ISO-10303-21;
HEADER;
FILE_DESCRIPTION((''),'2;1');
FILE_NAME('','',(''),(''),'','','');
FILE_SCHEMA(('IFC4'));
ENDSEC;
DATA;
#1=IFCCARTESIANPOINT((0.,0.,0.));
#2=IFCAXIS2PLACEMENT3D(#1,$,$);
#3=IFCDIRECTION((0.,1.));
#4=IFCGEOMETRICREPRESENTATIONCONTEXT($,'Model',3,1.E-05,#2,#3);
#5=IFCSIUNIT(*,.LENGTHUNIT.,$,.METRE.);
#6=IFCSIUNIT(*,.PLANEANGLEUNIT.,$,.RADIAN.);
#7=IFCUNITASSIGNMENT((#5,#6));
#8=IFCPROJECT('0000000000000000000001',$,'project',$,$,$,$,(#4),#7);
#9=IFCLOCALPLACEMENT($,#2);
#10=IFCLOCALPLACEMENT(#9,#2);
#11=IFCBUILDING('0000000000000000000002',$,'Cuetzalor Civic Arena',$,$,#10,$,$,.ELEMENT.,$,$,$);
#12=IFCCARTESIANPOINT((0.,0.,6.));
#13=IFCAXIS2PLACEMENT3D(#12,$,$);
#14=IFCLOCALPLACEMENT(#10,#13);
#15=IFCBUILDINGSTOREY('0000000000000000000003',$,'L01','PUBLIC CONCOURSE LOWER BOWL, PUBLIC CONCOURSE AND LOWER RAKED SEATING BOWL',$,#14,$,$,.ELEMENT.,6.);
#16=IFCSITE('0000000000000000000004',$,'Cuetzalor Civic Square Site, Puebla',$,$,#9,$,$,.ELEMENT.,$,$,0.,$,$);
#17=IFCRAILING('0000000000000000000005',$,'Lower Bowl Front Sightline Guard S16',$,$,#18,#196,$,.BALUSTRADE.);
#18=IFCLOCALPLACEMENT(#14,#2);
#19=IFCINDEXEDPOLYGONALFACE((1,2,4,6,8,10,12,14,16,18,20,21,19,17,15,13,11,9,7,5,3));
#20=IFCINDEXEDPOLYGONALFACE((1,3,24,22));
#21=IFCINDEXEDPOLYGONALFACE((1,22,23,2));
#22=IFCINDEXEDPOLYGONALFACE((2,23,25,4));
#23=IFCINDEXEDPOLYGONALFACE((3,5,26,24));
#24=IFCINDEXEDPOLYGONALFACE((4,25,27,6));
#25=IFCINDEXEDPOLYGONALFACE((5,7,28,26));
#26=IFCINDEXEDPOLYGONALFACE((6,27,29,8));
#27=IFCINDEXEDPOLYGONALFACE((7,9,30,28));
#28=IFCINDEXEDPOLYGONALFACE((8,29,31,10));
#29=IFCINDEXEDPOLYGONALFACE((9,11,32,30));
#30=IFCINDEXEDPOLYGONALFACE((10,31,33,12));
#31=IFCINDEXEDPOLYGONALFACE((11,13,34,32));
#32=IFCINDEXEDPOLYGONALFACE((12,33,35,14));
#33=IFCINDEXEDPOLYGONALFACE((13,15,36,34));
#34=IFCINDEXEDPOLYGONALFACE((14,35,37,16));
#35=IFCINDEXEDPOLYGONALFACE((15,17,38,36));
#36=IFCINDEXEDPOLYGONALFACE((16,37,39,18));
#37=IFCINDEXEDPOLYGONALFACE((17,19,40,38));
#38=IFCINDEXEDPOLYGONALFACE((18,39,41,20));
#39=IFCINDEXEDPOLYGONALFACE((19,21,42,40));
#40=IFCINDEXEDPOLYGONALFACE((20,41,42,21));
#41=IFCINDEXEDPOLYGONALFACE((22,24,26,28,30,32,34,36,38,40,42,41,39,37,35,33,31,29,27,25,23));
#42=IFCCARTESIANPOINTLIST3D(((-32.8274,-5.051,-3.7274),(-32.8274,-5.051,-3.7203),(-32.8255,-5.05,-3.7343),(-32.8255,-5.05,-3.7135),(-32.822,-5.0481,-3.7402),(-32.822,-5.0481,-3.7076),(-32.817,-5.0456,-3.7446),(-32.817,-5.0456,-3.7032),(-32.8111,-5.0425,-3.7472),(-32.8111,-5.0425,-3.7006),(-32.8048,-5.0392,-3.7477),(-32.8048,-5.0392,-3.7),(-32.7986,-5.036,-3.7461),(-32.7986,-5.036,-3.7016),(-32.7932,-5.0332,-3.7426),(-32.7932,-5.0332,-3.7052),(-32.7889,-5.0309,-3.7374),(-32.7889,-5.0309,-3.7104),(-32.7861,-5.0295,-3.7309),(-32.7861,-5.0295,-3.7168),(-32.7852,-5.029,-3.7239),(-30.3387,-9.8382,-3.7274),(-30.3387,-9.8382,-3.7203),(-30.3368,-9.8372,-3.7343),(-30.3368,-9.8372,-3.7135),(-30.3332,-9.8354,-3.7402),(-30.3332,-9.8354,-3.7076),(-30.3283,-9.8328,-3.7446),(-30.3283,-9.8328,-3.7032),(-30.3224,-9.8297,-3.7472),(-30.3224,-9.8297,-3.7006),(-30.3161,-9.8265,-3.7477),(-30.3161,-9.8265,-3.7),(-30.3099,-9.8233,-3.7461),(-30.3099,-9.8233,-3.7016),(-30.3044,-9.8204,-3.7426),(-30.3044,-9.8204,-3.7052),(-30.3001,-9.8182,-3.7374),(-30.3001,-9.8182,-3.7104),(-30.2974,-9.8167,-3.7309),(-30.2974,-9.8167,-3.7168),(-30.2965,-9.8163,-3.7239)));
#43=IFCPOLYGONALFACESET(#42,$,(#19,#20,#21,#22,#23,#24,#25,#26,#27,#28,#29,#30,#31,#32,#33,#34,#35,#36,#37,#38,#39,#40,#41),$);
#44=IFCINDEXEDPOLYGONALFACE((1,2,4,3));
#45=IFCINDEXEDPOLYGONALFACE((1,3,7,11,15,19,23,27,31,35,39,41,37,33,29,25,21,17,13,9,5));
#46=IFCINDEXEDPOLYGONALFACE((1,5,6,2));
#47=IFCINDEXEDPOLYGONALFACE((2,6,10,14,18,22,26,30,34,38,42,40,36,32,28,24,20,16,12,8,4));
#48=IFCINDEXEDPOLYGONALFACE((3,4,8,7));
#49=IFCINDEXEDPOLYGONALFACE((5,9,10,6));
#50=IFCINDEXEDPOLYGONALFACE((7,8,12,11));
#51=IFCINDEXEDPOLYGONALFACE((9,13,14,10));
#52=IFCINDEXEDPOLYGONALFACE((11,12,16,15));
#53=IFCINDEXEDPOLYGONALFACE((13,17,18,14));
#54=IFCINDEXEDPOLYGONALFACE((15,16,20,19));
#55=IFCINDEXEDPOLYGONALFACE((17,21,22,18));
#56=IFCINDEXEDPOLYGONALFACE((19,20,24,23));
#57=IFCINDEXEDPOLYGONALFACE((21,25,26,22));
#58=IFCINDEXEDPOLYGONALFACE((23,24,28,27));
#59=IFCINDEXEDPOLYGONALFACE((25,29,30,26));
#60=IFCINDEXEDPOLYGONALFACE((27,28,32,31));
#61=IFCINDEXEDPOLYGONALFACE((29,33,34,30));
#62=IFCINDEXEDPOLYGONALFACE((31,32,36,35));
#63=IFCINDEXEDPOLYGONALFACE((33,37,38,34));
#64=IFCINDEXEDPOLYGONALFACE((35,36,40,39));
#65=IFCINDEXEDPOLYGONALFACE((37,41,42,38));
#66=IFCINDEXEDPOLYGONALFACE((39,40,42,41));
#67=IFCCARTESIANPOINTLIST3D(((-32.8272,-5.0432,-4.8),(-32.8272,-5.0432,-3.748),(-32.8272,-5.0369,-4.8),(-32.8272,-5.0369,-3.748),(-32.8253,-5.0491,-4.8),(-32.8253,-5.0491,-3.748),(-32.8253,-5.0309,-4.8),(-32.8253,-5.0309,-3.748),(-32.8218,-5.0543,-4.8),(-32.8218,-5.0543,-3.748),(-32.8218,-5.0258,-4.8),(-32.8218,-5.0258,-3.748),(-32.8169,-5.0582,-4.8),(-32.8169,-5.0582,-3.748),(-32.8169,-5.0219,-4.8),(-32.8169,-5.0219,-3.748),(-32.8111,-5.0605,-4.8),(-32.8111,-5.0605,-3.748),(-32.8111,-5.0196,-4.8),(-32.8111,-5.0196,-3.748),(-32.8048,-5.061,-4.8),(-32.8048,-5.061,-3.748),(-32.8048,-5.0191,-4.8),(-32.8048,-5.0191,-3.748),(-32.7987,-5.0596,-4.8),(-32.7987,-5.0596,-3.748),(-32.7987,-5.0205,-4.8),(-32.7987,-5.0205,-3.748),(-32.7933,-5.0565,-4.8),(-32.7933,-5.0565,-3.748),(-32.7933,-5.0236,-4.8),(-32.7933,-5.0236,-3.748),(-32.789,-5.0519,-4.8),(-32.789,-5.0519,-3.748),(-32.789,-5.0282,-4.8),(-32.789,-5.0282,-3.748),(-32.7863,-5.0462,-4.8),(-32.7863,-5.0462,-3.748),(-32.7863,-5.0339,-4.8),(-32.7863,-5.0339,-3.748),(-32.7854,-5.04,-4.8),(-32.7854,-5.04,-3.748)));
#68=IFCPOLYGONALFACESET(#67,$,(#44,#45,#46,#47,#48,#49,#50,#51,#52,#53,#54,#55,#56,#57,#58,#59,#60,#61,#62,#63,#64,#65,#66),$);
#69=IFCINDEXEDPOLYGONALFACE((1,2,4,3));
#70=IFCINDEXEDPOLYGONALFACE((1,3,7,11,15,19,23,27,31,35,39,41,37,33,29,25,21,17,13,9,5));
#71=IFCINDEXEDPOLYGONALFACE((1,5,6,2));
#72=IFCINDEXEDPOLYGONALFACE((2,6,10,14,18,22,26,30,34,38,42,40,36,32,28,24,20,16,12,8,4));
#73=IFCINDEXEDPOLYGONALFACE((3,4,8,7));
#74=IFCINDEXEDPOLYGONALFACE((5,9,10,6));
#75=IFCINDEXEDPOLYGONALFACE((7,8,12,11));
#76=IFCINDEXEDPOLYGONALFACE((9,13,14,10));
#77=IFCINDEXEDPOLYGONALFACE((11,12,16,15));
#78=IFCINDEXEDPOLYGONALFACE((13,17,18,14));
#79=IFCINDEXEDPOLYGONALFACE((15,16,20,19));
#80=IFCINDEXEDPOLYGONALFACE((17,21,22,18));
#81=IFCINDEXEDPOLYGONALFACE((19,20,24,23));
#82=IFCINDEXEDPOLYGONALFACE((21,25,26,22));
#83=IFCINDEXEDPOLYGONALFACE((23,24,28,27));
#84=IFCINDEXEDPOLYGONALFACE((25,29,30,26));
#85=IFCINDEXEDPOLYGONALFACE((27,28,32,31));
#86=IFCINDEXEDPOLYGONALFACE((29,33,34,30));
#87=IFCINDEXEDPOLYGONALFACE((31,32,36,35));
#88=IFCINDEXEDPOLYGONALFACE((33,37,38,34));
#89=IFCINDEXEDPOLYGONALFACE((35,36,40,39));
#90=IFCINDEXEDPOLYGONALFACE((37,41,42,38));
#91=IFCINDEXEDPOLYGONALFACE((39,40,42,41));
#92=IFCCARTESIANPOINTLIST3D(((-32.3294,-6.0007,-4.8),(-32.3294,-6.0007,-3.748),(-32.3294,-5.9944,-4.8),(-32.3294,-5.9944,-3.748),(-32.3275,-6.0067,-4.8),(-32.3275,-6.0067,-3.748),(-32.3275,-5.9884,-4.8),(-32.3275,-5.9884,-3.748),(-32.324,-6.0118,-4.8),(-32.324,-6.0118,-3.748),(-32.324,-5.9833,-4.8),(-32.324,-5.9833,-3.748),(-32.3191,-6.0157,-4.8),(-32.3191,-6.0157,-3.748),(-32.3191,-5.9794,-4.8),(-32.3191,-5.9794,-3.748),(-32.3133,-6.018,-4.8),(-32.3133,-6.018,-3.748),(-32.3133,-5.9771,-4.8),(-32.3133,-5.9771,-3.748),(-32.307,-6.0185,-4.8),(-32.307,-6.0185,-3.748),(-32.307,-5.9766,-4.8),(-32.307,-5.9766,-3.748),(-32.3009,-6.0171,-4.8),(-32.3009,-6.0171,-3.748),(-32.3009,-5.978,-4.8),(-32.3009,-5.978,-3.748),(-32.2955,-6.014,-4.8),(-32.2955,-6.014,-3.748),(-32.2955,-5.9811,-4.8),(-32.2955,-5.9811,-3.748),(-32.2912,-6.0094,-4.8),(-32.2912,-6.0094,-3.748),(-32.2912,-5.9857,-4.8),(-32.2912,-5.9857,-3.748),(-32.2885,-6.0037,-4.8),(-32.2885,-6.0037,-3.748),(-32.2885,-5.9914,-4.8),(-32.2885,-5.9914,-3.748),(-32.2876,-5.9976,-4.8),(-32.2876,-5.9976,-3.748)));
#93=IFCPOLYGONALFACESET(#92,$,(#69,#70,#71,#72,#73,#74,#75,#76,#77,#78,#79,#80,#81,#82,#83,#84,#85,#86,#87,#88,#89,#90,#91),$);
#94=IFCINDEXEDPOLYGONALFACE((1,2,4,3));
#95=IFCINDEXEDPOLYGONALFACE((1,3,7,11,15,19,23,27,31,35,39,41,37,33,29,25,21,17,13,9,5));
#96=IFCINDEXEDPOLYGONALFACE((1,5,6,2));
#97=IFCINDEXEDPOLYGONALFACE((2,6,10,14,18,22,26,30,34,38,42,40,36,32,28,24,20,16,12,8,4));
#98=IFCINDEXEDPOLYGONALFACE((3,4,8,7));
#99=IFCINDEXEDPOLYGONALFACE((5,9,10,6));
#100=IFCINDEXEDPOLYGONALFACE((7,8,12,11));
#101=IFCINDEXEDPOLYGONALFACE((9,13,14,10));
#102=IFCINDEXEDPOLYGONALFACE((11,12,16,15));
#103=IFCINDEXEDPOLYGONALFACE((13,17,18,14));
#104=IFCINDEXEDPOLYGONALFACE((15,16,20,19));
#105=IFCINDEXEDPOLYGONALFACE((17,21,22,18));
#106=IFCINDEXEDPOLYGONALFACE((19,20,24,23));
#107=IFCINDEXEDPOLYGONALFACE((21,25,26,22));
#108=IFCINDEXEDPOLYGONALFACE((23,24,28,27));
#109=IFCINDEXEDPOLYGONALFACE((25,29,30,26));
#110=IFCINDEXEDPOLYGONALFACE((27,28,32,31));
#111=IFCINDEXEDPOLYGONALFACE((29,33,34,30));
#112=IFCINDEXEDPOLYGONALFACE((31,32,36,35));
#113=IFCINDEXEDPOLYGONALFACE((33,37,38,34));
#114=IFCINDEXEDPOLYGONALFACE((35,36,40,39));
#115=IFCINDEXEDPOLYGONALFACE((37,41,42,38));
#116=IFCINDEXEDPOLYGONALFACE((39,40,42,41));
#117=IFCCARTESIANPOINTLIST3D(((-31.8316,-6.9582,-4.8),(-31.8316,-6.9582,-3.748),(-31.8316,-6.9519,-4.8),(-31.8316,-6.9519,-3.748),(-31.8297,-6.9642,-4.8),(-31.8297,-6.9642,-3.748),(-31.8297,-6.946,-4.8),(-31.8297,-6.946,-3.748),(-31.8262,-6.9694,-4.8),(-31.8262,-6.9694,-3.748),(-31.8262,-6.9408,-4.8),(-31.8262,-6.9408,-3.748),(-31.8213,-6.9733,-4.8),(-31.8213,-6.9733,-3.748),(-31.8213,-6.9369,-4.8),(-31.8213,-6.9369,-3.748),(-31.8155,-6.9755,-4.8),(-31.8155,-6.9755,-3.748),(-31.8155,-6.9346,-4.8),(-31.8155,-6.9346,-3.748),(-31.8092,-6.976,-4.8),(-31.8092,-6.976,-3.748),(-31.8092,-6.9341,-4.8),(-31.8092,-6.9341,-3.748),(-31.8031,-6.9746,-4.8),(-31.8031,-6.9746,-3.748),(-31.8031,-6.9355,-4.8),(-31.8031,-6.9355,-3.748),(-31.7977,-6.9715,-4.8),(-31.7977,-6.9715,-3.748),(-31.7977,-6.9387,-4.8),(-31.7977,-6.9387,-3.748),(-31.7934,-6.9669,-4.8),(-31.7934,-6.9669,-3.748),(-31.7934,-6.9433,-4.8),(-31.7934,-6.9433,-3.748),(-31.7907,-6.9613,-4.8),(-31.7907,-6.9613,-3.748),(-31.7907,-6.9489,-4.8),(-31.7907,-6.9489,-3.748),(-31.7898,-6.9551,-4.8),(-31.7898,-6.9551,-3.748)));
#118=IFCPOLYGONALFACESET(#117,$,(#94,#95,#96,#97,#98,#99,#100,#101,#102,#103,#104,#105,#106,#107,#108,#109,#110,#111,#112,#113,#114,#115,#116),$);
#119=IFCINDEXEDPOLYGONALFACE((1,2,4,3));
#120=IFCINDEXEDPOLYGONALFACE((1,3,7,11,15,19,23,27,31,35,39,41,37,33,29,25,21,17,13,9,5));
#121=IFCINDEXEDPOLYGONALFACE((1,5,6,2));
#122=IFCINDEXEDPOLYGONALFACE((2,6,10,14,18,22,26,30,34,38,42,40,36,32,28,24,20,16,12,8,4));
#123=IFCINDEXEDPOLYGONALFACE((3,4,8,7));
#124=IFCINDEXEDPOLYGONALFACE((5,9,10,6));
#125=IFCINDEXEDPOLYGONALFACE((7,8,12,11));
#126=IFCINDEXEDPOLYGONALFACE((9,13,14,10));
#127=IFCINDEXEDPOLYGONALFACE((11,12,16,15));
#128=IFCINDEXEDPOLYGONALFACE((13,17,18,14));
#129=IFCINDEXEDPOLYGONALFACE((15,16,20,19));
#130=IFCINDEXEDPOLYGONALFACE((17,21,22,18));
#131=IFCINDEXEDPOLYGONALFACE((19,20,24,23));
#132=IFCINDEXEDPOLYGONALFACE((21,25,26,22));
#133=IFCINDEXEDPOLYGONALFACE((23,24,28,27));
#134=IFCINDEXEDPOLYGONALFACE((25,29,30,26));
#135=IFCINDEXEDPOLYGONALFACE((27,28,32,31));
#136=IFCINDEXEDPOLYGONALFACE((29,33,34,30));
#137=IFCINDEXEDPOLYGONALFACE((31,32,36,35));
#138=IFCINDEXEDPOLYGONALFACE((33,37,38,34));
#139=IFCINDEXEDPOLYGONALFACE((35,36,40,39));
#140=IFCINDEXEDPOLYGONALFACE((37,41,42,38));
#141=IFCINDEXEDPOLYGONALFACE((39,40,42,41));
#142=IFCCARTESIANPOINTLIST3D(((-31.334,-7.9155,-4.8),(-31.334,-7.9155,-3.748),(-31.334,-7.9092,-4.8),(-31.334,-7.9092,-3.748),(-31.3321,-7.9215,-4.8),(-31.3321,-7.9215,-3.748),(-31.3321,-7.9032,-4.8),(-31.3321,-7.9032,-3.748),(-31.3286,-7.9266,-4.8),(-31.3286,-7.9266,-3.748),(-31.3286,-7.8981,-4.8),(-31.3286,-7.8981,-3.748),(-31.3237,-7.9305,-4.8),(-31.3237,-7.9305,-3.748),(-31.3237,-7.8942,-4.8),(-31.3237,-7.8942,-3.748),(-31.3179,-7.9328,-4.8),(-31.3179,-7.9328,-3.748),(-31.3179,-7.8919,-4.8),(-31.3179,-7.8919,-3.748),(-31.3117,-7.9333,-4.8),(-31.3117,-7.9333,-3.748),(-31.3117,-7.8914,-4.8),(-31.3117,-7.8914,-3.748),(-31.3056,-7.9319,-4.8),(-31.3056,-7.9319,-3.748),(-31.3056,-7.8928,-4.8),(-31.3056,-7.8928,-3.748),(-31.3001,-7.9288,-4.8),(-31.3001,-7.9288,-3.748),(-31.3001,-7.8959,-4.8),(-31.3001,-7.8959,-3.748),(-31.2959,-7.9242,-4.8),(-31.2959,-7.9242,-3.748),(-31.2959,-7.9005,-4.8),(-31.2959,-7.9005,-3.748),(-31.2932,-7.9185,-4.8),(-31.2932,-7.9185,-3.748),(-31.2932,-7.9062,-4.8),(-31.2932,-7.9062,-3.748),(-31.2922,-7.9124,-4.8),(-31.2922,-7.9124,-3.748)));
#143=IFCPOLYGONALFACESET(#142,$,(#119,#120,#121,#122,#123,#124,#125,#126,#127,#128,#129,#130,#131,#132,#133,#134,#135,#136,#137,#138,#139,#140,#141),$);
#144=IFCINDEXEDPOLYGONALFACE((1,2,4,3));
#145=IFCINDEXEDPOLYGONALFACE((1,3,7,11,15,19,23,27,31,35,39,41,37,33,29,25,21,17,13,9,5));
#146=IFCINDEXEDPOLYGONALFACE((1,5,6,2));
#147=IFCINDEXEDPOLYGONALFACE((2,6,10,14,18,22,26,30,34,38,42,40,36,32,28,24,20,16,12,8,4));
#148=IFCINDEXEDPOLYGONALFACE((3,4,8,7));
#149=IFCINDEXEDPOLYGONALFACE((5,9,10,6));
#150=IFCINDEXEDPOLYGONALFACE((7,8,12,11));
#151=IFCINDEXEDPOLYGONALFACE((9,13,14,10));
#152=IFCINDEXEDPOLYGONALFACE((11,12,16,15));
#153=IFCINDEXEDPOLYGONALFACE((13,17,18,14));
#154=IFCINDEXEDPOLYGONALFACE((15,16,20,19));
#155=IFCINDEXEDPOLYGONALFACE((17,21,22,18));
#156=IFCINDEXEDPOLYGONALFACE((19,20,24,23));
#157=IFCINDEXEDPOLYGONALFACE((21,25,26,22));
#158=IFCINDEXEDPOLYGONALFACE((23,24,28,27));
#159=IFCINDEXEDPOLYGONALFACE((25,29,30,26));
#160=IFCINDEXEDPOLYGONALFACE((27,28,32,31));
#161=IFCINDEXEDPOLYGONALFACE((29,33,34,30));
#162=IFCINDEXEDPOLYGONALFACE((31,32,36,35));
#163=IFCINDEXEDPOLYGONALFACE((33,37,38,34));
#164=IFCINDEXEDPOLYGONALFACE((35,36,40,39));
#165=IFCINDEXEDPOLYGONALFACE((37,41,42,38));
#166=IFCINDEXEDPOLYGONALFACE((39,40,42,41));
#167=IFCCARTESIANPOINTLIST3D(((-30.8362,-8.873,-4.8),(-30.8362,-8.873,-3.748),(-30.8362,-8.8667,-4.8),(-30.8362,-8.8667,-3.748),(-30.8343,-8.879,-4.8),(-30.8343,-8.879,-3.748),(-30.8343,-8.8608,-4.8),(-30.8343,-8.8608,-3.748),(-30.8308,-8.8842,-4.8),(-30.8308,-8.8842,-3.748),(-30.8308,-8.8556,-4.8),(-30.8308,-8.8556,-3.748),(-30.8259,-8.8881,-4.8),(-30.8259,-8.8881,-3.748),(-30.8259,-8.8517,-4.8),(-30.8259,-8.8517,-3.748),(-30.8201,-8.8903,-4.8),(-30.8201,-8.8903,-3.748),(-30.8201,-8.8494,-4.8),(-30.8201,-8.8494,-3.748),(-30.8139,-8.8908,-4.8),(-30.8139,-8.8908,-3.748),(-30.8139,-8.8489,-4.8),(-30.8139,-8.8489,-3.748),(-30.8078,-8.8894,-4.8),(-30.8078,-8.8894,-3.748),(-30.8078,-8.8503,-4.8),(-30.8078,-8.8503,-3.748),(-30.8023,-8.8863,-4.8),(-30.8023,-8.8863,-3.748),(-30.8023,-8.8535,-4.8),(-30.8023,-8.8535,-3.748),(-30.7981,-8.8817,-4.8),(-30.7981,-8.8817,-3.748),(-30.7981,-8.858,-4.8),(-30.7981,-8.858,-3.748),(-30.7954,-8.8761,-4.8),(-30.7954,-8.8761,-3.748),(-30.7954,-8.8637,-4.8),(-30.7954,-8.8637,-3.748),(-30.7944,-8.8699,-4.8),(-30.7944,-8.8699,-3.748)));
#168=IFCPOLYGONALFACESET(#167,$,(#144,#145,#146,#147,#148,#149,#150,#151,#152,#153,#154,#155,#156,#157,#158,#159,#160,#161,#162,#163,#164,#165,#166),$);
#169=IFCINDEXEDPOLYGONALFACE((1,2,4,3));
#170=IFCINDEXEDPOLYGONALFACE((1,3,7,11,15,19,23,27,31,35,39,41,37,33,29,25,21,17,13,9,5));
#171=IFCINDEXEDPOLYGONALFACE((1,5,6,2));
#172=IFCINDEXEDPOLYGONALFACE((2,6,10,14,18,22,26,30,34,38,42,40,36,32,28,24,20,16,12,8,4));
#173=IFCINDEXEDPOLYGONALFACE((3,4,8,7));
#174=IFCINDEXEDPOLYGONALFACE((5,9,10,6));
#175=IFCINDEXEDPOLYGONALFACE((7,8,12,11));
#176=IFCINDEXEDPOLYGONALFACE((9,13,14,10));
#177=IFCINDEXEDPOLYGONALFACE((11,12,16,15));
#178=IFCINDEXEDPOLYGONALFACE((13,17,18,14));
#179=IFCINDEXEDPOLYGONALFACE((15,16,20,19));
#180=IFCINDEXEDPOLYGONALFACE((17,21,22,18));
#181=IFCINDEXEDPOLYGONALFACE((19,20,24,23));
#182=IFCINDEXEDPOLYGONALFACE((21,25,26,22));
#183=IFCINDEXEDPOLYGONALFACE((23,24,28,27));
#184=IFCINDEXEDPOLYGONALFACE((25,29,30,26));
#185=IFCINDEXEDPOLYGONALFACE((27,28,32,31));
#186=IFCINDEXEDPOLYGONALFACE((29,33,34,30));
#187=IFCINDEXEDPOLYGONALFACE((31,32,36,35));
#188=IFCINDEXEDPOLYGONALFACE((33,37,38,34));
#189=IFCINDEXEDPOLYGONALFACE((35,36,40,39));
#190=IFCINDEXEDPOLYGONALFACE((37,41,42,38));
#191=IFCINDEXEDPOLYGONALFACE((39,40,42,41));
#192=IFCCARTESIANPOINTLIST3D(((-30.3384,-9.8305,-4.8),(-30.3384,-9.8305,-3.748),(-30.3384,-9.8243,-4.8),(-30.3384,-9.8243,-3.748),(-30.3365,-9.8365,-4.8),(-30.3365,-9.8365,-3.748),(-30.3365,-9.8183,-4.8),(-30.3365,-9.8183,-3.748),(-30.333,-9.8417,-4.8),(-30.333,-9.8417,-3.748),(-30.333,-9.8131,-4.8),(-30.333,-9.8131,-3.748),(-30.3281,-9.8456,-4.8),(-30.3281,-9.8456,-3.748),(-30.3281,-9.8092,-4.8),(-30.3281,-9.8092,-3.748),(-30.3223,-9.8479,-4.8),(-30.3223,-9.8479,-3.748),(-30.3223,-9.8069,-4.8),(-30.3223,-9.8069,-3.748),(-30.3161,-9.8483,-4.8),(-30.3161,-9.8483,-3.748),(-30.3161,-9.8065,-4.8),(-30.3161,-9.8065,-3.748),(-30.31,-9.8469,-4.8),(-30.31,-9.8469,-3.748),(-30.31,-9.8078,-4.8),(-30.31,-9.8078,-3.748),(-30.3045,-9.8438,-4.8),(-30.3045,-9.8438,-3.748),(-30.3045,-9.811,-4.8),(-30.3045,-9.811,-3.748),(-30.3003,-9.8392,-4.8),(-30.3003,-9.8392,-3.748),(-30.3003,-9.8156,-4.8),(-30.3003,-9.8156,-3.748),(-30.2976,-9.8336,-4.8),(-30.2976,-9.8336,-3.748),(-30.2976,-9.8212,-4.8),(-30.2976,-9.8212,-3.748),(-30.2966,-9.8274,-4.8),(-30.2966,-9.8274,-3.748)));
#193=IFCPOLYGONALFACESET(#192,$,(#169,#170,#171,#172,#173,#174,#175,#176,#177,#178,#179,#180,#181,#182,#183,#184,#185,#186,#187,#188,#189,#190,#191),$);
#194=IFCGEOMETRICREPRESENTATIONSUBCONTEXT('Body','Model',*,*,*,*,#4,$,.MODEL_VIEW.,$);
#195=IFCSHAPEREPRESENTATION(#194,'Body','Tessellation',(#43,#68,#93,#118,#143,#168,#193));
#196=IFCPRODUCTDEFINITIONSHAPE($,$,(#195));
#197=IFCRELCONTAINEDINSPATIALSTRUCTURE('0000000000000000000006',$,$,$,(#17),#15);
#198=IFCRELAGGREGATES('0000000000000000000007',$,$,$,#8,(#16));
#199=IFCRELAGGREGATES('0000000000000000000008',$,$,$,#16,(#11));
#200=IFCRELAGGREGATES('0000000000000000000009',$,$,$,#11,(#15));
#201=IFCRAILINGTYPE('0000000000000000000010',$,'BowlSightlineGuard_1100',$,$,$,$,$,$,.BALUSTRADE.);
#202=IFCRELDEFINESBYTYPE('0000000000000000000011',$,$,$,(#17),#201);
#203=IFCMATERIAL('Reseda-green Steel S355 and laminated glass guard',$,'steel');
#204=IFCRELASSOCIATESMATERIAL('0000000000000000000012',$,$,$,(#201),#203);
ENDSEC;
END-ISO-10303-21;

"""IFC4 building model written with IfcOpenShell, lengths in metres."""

from ifc_helpers import new_model, si_unit, direction, frame, origin, origin_2d, place, context, subcontext, project, spatial, circle, extrude, material, type_object, element, save


model = new_model("IFC4")

# Units and contexts
model_context = context("Model", 3, precision=1e-05, world=origin(), true_north=direction((0.0, 1.0)))
body_context = subcontext(model_context, "Body", "Model", "MODEL_VIEW")
ifc_project = project(units=[si_unit("LENGTHUNIT", "METRE"), si_unit("PLANEANGLEUNIT", "RADIAN")], contexts=[model_context])

# Site, building, storey
site_placement = place(None, origin())
site = spatial("IfcSite", under=ifc_project, at=site_placement, Name="Cuetzalor Civic Square Site, Puebla", CompositionType="ELEMENT", RefElevation=0.0)
building_placement = place(site_placement, origin())
building = spatial("IfcBuilding", under=site, at=building_placement, Name="Cuetzalor Civic Arena", CompositionType="ELEMENT")
storey_placement = place(building_placement, frame((0.0, 0.0, 6.0)))
storey = spatial("IfcBuildingStorey", under=building, at=storey_placement, Name="L01", Description="PUBLIC CONCOURSE LOWER BOWL, PUBLIC CONCOURSE AND LOWER RAKED SEATING BOWL", CompositionType="ELEMENT", Elevation=6.0)

# Railing
ifc_material_1 = material(Name="Reseda-green Steel S355 and laminated glass guard", Category="steel")
railing_type = type_object("IfcRailingType", Name="BowlSightlineGuard_1100", PredefinedType="BALUSTRADE", material=ifc_material_1)
railing_1_placement = place(storey_placement, frame((-32.8064, -5.04, -4.8)))
element("IfcRailing", 1, at=railing_1_placement, inside=storey, type_object=railing_type, Name="Lower Bowl Front Sightline Guard S16", PredefinedType="BALUSTRADE", context=body_context, shape_type="SweptSolid", body=[
    extrude(circle(Radius=0.0239, at=origin_2d()), frame((0.0, 0.0, 1.0762), z_axis=(0.461257, -0.887266, 0.0), x_axis=(0.887266, 0.461257, 0.0)), (0.0, 0.0, 1.0), 5.3955),
    extrude(circle(Radius=0.021, at=origin_2d()), origin(), (0.0, 0.0, 1.0), 1.052),
    extrude(circle(Radius=0.021, at=origin_2d()), frame((0.4978, -0.9575, 0.0)), (0.0, 0.0, 1.0), 1.052),
    extrude(circle(Radius=0.021, at=origin_2d()), frame((0.9956, -1.915, 0.0)), (0.0, 0.0, 1.0), 1.052),
    extrude(circle(Radius=0.021, at=origin_2d()), frame((1.4932, -2.8723, 0.0)), (0.0, 0.0, 1.0), 1.052),
    extrude(circle(Radius=0.021, at=origin_2d()), frame((1.991, -3.8298, 0.0)), (0.0, 0.0, 1.0), 1.052),
    extrude(circle(Radius=0.021, at=origin_2d()), frame((2.4888, -4.7874, 0.0)), (0.0, 0.0, 1.0), 1.052),
])

save(model, "model.ifc")
